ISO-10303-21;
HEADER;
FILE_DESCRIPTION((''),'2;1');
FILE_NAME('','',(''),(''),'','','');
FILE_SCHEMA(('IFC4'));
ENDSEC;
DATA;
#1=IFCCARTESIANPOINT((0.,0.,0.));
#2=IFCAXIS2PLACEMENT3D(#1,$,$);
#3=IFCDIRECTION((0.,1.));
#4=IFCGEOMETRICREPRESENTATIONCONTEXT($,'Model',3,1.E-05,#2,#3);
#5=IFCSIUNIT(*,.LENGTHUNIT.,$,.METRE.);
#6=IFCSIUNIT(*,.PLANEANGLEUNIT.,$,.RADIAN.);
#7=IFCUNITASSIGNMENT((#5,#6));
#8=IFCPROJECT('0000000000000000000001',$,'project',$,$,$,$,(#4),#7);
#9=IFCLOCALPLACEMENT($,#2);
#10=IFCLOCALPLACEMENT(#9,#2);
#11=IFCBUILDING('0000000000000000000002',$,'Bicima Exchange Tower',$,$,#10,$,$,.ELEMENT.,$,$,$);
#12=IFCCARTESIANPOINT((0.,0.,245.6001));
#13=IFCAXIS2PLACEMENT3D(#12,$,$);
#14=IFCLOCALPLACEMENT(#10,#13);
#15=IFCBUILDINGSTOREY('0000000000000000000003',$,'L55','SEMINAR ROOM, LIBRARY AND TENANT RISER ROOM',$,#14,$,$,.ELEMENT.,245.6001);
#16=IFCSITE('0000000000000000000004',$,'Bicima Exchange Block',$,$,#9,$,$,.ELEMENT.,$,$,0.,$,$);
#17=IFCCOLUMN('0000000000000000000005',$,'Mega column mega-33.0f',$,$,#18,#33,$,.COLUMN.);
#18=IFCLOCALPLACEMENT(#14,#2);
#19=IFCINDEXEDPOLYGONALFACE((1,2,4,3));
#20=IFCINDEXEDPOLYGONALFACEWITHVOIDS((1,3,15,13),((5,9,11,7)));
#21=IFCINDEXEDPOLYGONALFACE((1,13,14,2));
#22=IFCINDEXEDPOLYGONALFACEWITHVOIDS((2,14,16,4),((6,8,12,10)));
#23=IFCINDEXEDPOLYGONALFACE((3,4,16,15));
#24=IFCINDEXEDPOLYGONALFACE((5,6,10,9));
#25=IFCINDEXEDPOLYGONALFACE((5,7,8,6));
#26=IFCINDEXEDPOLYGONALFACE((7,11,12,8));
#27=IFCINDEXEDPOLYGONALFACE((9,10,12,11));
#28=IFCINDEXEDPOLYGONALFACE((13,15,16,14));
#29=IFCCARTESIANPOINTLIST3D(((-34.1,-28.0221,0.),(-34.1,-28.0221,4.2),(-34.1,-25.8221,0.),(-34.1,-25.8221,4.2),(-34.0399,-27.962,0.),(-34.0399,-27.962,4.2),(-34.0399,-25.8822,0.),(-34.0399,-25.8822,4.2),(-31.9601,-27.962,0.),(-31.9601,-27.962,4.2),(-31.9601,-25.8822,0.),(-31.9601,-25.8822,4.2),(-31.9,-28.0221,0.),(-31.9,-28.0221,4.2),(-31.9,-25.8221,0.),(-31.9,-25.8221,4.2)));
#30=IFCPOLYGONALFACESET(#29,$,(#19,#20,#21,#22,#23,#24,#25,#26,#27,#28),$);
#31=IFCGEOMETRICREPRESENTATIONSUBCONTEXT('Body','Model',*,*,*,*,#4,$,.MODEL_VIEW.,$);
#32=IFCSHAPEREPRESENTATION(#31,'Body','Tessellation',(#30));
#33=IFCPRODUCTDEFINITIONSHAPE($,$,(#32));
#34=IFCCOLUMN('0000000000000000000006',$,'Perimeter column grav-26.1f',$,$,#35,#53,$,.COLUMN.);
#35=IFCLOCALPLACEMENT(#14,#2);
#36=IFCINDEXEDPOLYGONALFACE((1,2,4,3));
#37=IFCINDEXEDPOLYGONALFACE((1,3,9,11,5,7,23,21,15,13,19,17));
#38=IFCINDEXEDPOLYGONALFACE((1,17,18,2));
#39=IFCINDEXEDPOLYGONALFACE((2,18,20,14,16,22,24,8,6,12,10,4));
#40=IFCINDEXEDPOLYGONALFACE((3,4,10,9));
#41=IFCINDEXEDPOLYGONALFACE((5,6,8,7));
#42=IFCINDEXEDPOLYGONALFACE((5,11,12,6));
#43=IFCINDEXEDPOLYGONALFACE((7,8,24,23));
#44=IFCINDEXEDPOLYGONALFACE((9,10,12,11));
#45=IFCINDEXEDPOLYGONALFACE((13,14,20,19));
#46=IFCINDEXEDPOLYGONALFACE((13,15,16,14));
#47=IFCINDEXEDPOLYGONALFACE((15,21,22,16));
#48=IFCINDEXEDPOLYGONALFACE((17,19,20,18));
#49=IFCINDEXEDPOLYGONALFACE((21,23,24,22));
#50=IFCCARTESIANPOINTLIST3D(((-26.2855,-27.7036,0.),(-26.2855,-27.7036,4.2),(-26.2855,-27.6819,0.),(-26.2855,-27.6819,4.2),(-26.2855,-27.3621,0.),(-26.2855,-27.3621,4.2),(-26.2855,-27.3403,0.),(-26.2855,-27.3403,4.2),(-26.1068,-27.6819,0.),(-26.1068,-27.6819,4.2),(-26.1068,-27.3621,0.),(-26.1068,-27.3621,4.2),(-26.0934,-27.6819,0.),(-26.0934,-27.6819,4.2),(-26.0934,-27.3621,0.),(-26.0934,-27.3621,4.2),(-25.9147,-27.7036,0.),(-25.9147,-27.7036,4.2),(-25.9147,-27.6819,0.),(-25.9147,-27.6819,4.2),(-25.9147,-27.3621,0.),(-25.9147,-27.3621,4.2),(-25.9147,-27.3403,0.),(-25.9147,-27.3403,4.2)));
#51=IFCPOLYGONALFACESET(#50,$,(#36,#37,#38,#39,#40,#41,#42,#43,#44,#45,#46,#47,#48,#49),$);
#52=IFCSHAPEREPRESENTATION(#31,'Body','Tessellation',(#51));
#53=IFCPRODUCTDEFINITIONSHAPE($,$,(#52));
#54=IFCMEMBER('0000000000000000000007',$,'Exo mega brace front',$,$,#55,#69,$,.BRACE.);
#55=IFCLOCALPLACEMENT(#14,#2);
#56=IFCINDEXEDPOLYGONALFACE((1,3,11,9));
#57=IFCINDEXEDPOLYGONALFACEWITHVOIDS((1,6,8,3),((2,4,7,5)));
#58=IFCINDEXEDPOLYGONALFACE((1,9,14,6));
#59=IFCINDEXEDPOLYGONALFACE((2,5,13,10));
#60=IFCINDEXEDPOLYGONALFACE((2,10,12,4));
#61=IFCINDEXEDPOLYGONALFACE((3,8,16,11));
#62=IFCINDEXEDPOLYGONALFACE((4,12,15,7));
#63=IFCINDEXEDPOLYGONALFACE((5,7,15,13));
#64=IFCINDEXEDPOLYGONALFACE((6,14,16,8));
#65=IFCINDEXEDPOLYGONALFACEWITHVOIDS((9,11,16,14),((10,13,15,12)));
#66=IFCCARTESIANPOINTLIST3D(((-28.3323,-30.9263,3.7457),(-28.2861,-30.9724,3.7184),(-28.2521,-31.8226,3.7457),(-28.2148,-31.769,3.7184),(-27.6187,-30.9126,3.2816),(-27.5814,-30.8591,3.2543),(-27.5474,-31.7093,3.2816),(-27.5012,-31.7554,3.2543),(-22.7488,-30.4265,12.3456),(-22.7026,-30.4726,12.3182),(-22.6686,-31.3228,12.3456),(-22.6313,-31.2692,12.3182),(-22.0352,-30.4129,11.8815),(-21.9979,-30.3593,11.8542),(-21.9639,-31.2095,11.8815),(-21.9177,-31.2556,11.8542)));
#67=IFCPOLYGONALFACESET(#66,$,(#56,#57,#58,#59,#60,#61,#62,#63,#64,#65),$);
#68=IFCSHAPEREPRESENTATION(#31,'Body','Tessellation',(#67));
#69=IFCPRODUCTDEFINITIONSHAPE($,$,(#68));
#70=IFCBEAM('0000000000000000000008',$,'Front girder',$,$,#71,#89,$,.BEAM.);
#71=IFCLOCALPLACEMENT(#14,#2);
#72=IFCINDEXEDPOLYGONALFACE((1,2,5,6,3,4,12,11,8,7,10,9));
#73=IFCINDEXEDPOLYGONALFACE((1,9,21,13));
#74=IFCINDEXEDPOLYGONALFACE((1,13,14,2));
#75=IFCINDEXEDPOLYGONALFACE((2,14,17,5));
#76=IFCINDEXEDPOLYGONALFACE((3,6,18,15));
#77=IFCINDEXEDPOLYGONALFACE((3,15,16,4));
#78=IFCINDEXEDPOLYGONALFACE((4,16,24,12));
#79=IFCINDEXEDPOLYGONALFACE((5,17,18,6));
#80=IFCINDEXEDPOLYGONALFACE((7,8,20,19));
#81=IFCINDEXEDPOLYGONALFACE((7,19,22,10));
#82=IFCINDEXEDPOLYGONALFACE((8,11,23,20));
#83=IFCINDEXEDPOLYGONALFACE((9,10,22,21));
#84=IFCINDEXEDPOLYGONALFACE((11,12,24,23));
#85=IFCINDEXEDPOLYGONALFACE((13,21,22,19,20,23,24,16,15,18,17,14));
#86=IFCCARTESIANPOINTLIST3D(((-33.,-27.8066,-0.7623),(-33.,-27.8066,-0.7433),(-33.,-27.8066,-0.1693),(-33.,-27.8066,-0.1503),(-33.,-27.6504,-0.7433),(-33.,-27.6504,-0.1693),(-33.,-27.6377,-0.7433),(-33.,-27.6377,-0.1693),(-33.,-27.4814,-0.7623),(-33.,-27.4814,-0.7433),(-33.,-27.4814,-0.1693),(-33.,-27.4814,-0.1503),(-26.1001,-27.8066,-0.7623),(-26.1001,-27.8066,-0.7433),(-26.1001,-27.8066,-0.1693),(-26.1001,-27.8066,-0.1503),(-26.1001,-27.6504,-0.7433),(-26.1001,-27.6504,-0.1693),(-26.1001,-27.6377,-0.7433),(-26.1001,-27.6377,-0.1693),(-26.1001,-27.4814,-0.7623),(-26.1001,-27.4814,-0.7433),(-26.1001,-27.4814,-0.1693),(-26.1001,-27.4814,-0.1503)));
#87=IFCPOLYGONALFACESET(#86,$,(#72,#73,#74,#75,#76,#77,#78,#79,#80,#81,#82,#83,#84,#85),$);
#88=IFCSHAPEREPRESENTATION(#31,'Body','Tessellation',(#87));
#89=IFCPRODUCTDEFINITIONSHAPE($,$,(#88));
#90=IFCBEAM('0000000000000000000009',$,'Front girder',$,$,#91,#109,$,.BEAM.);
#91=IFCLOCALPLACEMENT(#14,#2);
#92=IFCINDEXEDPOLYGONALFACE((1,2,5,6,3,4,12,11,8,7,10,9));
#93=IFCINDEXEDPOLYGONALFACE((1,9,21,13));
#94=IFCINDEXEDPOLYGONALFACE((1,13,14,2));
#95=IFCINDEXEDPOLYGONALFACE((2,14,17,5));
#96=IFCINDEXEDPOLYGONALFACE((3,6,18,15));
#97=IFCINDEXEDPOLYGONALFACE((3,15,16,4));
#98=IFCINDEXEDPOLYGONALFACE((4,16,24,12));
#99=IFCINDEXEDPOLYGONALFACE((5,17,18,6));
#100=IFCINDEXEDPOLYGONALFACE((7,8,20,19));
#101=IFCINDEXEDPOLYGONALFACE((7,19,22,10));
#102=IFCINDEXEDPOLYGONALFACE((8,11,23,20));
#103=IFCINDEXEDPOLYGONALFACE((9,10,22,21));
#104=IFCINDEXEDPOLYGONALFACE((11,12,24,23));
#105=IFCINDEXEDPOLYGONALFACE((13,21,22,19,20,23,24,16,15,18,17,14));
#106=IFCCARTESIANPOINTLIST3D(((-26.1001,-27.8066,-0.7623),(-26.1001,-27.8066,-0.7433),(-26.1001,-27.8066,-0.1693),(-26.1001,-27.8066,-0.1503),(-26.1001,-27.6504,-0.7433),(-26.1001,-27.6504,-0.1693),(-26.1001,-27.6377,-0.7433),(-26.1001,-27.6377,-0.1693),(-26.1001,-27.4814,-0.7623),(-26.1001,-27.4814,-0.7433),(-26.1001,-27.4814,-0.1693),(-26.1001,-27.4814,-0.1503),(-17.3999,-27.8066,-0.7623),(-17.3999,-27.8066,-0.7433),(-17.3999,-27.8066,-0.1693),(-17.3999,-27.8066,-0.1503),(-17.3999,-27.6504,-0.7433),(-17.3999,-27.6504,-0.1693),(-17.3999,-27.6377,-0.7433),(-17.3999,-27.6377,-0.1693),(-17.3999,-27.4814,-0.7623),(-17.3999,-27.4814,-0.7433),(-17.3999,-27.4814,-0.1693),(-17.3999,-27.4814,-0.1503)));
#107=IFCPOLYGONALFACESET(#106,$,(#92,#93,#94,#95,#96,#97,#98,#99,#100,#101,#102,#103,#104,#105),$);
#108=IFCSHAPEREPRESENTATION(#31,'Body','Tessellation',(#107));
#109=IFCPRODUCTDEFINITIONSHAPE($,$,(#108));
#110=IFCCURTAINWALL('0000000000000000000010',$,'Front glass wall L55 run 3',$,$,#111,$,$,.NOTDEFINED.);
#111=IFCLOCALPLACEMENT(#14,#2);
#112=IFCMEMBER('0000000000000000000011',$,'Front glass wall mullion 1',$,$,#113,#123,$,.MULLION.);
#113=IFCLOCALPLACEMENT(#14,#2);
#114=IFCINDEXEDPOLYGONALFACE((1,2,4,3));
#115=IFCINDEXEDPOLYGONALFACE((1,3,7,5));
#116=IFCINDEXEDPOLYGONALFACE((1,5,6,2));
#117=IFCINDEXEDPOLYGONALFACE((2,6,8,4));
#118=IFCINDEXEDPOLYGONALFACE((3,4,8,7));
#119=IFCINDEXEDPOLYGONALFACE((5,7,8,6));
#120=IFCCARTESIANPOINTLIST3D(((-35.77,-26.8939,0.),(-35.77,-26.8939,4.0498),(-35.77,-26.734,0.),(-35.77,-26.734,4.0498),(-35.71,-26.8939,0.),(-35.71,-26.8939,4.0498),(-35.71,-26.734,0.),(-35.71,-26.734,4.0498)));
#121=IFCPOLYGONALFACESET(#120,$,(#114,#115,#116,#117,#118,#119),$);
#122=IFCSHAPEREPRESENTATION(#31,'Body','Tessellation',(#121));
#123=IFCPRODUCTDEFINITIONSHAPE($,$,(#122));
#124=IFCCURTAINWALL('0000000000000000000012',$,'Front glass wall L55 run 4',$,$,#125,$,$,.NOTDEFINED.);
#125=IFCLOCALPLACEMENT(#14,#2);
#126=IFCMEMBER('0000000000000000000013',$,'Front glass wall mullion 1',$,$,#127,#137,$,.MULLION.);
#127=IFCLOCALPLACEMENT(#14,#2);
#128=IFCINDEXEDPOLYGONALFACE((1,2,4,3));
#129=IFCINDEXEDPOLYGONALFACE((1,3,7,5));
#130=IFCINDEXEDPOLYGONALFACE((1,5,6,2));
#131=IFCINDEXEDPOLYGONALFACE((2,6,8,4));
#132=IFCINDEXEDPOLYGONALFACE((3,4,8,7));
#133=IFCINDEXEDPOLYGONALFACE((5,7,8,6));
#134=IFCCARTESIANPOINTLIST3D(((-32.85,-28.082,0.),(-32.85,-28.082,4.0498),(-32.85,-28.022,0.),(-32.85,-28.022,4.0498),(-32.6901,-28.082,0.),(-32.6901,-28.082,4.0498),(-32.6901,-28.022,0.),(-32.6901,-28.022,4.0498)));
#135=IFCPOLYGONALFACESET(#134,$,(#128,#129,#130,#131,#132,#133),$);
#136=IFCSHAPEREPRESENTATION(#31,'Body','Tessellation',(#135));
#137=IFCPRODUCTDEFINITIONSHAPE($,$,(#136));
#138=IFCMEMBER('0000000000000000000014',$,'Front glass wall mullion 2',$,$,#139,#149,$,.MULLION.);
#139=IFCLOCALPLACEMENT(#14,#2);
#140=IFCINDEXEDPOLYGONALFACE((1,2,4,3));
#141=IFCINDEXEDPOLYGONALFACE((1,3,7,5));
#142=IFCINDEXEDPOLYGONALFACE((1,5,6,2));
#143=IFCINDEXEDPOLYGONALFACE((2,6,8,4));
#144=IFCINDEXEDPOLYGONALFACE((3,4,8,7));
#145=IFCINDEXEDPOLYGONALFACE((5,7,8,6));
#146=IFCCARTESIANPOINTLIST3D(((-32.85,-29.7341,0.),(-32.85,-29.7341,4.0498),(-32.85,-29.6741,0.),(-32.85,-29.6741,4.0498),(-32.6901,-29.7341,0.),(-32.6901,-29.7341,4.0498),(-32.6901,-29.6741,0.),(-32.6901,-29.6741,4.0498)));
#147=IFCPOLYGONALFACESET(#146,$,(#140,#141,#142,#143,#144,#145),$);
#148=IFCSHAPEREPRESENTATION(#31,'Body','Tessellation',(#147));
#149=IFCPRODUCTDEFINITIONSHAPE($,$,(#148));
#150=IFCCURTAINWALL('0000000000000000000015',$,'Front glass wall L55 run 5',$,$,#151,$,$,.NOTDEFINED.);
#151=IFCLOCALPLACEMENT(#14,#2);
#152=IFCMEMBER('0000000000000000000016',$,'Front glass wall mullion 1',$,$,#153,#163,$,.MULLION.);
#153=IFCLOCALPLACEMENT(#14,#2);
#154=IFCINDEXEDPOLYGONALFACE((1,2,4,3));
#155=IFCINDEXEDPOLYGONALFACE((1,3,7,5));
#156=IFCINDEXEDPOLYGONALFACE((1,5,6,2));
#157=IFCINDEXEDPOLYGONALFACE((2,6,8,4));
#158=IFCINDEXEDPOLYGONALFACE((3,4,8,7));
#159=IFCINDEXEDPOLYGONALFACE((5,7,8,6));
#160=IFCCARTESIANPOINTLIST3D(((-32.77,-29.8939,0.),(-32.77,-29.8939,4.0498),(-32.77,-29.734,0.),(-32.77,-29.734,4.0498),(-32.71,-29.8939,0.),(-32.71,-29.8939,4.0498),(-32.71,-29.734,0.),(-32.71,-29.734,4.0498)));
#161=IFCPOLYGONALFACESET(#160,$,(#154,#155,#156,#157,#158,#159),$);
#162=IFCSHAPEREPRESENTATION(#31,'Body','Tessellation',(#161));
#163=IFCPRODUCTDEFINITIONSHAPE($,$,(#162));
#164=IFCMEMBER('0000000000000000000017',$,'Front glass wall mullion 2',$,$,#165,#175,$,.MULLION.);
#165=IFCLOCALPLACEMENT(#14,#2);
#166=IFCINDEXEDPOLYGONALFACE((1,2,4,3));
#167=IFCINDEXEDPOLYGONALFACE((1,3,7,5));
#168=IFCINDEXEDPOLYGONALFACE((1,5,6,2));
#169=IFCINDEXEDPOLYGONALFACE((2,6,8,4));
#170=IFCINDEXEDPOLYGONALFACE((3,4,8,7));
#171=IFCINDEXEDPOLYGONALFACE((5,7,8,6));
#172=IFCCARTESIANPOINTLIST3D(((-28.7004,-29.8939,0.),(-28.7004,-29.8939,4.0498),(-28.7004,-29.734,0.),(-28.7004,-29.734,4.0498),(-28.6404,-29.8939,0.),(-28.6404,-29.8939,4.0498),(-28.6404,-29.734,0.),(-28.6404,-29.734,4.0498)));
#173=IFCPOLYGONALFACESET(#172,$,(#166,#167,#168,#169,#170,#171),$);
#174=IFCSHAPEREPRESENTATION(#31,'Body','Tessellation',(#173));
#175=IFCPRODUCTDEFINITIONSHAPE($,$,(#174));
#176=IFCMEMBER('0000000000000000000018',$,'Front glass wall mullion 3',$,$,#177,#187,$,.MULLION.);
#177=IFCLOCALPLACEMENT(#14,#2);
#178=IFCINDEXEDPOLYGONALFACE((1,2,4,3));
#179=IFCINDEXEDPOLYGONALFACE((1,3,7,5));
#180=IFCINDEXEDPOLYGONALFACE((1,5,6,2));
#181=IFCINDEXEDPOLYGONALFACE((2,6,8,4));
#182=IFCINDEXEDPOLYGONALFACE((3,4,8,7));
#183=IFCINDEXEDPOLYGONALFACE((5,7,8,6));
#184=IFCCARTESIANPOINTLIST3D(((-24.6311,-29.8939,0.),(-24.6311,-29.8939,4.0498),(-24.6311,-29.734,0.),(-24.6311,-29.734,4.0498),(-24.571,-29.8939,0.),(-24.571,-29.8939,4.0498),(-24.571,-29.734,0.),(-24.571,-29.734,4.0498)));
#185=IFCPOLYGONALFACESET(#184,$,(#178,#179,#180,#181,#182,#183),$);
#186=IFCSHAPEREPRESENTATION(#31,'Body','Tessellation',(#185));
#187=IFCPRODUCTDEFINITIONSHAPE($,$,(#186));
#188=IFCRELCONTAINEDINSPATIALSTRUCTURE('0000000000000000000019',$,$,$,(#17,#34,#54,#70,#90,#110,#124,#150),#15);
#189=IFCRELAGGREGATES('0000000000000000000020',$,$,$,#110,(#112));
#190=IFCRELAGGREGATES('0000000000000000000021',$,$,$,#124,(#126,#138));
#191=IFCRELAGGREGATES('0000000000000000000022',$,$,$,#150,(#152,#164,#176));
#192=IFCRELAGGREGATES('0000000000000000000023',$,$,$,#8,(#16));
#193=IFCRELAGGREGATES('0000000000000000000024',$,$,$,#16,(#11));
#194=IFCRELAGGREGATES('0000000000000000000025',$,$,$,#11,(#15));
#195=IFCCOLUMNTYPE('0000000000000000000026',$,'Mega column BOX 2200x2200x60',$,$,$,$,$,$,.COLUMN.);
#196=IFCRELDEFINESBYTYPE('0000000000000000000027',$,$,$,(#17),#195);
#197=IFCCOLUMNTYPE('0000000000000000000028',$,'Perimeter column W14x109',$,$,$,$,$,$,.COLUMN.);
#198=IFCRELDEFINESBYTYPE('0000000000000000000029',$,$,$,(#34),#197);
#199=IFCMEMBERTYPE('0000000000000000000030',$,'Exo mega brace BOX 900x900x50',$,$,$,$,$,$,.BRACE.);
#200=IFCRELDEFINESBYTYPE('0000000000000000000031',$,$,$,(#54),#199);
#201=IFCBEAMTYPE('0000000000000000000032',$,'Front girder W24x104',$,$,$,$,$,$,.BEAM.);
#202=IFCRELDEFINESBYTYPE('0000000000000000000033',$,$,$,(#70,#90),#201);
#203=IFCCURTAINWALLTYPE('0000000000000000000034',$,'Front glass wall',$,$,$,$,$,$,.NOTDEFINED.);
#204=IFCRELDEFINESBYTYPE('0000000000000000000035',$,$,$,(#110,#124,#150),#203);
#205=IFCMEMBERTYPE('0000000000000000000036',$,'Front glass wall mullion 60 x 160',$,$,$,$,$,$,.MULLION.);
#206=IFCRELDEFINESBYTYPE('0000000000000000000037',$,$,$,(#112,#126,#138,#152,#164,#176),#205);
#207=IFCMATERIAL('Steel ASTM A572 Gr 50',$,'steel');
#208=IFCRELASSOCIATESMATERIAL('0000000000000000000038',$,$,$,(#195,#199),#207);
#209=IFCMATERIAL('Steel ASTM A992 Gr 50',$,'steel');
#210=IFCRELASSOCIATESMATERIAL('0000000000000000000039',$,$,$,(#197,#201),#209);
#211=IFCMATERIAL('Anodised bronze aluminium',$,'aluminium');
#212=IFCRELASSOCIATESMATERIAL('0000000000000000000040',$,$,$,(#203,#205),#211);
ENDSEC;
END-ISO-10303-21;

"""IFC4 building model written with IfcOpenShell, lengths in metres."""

from ifc_helpers import new_model, si_unit, direction, frame, origin, origin_2d, place, context, subcontext, project, spatial, rectangle, hollow_rectangle, i_section, extrude, material, material_profile, profile_set, type_object, element, aggregate, save


model = new_model("IFC4")

# Units and contexts
model_context = context("Model", 3, precision=1e-05, world=origin(), true_north=direction((0.0, 1.0)))
body_context = subcontext(model_context, "Body", "Model", "MODEL_VIEW")
ifc_project = project(units=[si_unit("LENGTHUNIT", "METRE"), si_unit("PLANEANGLEUNIT", "RADIAN")], contexts=[model_context])

# Site, building, storey
site_placement = place(None, origin())
site = spatial("IfcSite", under=ifc_project, at=site_placement, Name="Bicima Exchange Block", CompositionType="ELEMENT", RefElevation=0.0)
building_placement = place(site_placement, origin())
building = spatial("IfcBuilding", under=site, at=building_placement, Name="Bicima Exchange Tower", CompositionType="ELEMENT")
storey_placement = place(building_placement, frame((0.0, 0.0, 245.6001)))
storey = spatial("IfcBuildingStorey", under=building, at=storey_placement, Name="L55", Description="SEMINAR ROOM, LIBRARY AND TENANT RISER ROOM", CompositionType="ELEMENT", Elevation=245.6001)

# Columns
ifc_material_1 = material(Name="Steel ASTM A572 Gr 50", Category="steel")
ifc_material_profile_1 = material_profile(ifc_material_1, hollow_rectangle(XDim=2.2, YDim=2.2, WallThickness=0.0601, at=origin_2d()))
ifc_profile_set_1 = profile_set([ifc_material_profile_1], Name="Steel ASTM A572 Gr 50")
column_type_1 = type_object("IfcColumnType", Name="Mega column BOX 2200x2200x60", PredefinedType="COLUMN", material=ifc_profile_set_1)
column_1_placement = place(storey_placement, frame((-33.0, -26.9221, 0.0), z_axis=(0.0, 0.0, 1.0), x_axis=(1.0, 0.0, 0.0)))
element("IfcColumn", 1, at=column_1_placement, inside=storey, type_object=column_type_1, Name="Mega column mega-33.0f", PredefinedType="COLUMN", context=body_context, shape_type="SweptSolid", body=[
    extrude(hollow_rectangle(XDim=2.2, YDim=2.2, WallThickness=0.0601, at=origin_2d()), origin(), (0.0, 0.0, 1.0), 4.2),
])
ifc_material_2 = material(Name="Steel ASTM A992 Gr 50", Category="steel")
ifc_material_profile_2 = material_profile(ifc_material_2, i_section(OverallWidth=0.3708, OverallDepth=0.3633, WebThickness=0.0134, FlangeThickness=0.0217, at=origin_2d()))
ifc_profile_set_2 = profile_set([ifc_material_profile_2], Name="Steel ASTM A992 Gr 50")
column_type_2 = type_object("IfcColumnType", Name="Perimeter column W14x109", PredefinedType="COLUMN", material=ifc_profile_set_2)
column_2_placement = place(storey_placement, frame((-26.1001, -27.522, 0.0), z_axis=(0.0, 0.0, 1.0), x_axis=(1.0, 0.0, 0.0)))
element("IfcColumn", 2, at=column_2_placement, inside=storey, type_object=column_type_2, Name="Perimeter column grav-26.1f", PredefinedType="COLUMN", context=body_context, shape_type="SweptSolid", body=[
    extrude(i_section(OverallWidth=0.3708, OverallDepth=0.3633, WebThickness=0.0134, FlangeThickness=0.0217, at=origin_2d()), origin(), (0.0, 0.0, 1.0), 4.2),
])

# Member
ifc_material_profile_3 = material_profile(ifc_material_1, hollow_rectangle(XDim=0.8999, YDim=0.8999, WallThickness=0.05, at=origin_2d()))
ifc_profile_set_3 = profile_set([ifc_material_profile_3], Name="Steel ASTM A572 Gr 50")
member_type_1 = type_object("IfcMemberType", Name="Exo mega brace BOX 900x900x50", PredefinedType="BRACE", material=ifc_profile_set_3)
member_1_placement = place(storey_placement, frame((-27.9167, -31.3408, 3.5), z_axis=(0.543903, 0.048683, 0.837735), x_axis=(-0.08915, 0.996018, 0.0)))
element("IfcMember", 3, at=member_1_placement, inside=storey, type_object=member_type_1, Name="Exo mega brace front", PredefinedType="BRACE", context=body_context, shape_type="SweptSolid", body=[
    extrude(hollow_rectangle(XDim=0.8999, YDim=0.8999, WallThickness=0.05, at=origin_2d()), origin(), (0.0, 0.0, 1.0), 10.2656),
])

# Beams
ifc_material_profile_4 = material_profile(ifc_material_2, i_section(OverallWidth=0.3252, OverallDepth=0.6121, WebThickness=0.0127, FlangeThickness=0.019, at=origin_2d()))
ifc_profile_set_4 = profile_set([ifc_material_profile_4], Name="Steel ASTM A992 Gr 50")
beam_type = type_object("IfcBeamType", Name="Front girder W24x104", PredefinedType="BEAM", material=ifc_profile_set_4)
beam_1_placement = place(storey_placement, frame((-33.0, -27.644, -0.4563), z_axis=(1.0, 0.0, 0.0), x_axis=(0.0, 1.0, 0.0)))
element("IfcBeam", 4, at=beam_1_placement, inside=storey, type_object=beam_type, Name="Front girder", PredefinedType="BEAM", context=body_context, shape_type="SweptSolid", body=[
    extrude(i_section(OverallWidth=0.3252, OverallDepth=0.6121, WebThickness=0.0127, FlangeThickness=0.019, at=origin_2d()), origin(), (0.0, 0.0, 1.0), 6.8999),
])
beam_2_placement = place(storey_placement, frame((-26.1001, -27.644, -0.4563), z_axis=(1.0, 0.0, 0.0), x_axis=(0.0, 1.0, 0.0)))
element("IfcBeam", 5, at=beam_2_placement, inside=storey, type_object=beam_type, Name="Front girder", PredefinedType="BEAM", context=body_context, shape_type="SweptSolid", body=[
    extrude(i_section(OverallWidth=0.3252, OverallDepth=0.6121, WebThickness=0.0127, FlangeThickness=0.019, at=origin_2d()), origin(), (0.0, 0.0, 1.0), 8.7002),
])

# Curtain wall, member
ifc_material_3 = material(Name="Anodised bronze aluminium", Category="aluminium")
curtain_wall_type = type_object("IfcCurtainWallType", Name="Front glass wall", PredefinedType="NOTDEFINED", material=ifc_material_3)
curtain_wall_1_placement = place(storey_placement, origin())
curtain_wall_1 = element("IfcCurtainWall", 6, at=curtain_wall_1_placement, inside=storey, type_object=curtain_wall_type, Name="Front glass wall L55 run 3", PredefinedType="NOTDEFINED")
ifc_material_profile_5 = material_profile(ifc_material_3, rectangle(XDim=0.1599, YDim=0.0601, at=origin_2d()))
ifc_profile_set_5 = profile_set([ifc_material_profile_5], Name="Anodised bronze aluminium")
member_type_2 = type_object("IfcMemberType", Name="Front glass wall mullion 60 x 160", PredefinedType="MULLION", material=ifc_profile_set_5)
member_2_placement = place(storey_placement, frame((-35.74, -26.814, 0.0), z_axis=(0.0, 0.0, 1.0), x_axis=(0.0, 1.0, 0.0)))
member_2 = element("IfcMember", 7, at=member_2_placement, type_object=member_type_2, Name="Front glass wall mullion 1", PredefinedType="MULLION", context=body_context, shape_type="SweptSolid", body=[
    extrude(rectangle(XDim=0.1599, YDim=0.0601, at=origin_2d()), origin(), (0.0, 0.0, 1.0), 4.0498),
])
aggregate(curtain_wall_1, [member_2])

# Curtain walls, members
curtain_wall_2_placement = place(storey_placement, origin())
curtain_wall_2 = element("IfcCurtainWall", 8, at=curtain_wall_2_placement, inside=storey, type_object=curtain_wall_type, Name="Front glass wall L55 run 4", PredefinedType="NOTDEFINED")
member_3_placement = place(storey_placement, frame((-32.77, -28.052, 0.0), z_axis=(0.0, 0.0, 1.0), x_axis=(1.0, 0.0, 0.0)))
member_3 = element("IfcMember", 9, at=member_3_placement, type_object=member_type_2, Name="Front glass wall mullion 1", PredefinedType="MULLION", context=body_context, shape_type="SweptSolid", body=[
    extrude(rectangle(XDim=0.1599, YDim=0.0601, at=origin_2d()), origin(), (0.0, 0.0, 1.0), 4.0498),
])
member_4_placement = place(storey_placement, frame((-32.77, -29.7041, 0.0), z_axis=(0.0, 0.0, 1.0), x_axis=(1.0, 0.0, 0.0)))
member_4 = element("IfcMember", 10, at=member_4_placement, type_object=member_type_2, Name="Front glass wall mullion 2", PredefinedType="MULLION", context=body_context, shape_type="SweptSolid", body=[
    extrude(rectangle(XDim=0.1599, YDim=0.0601, at=origin_2d()), origin(), (0.0, 0.0, 1.0), 4.0498),
])
curtain_wall_3_placement = place(storey_placement, origin())
curtain_wall_3 = element("IfcCurtainWall", 11, at=curtain_wall_3_placement, inside=storey, type_object=curtain_wall_type, Name="Front glass wall L55 run 5", PredefinedType="NOTDEFINED")
member_5_placement = place(storey_placement, frame((-32.74, -29.814, 0.0), z_axis=(0.0, 0.0, 1.0), x_axis=(0.0, 1.0, 0.0)))
member_5 = element("IfcMember", 12, at=member_5_placement, type_object=member_type_2, Name="Front glass wall mullion 1", PredefinedType="MULLION", context=body_context, shape_type="SweptSolid", body=[
    extrude(rectangle(XDim=0.1599, YDim=0.0601, at=origin_2d()), origin(), (0.0, 0.0, 1.0), 4.0498),
])
member_6_placement = place(storey_placement, frame((-28.6704, -29.814, 0.0), z_axis=(0.0, 0.0, 1.0), x_axis=(0.0, 1.0, 0.0)))
member_6 = element("IfcMember", 13, at=member_6_placement, type_object=member_type_2, Name="Front glass wall mullion 2", PredefinedType="MULLION", context=body_context, shape_type="SweptSolid", body=[
    extrude(rectangle(XDim=0.1599, YDim=0.0601, at=origin_2d()), origin(), (0.0, 0.0, 1.0), 4.0498),
])
member_7_placement = place(storey_placement, frame((-24.6011, -29.814, 0.0), z_axis=(0.0, 0.0, 1.0), x_axis=(0.0, 1.0, 0.0)))
member_7 = element("IfcMember", 14, at=member_7_placement, type_object=member_type_2, Name="Front glass wall mullion 3", PredefinedType="MULLION", context=body_context, shape_type="SweptSolid", body=[
    extrude(rectangle(XDim=0.1599, YDim=0.0601, at=origin_2d()), origin(), (0.0, 0.0, 1.0), 4.0498),
])

aggregate(curtain_wall_2, [member_3, member_4])
aggregate(curtain_wall_3, [member_5, member_6, member_7])

save(model, "model.ifc")
